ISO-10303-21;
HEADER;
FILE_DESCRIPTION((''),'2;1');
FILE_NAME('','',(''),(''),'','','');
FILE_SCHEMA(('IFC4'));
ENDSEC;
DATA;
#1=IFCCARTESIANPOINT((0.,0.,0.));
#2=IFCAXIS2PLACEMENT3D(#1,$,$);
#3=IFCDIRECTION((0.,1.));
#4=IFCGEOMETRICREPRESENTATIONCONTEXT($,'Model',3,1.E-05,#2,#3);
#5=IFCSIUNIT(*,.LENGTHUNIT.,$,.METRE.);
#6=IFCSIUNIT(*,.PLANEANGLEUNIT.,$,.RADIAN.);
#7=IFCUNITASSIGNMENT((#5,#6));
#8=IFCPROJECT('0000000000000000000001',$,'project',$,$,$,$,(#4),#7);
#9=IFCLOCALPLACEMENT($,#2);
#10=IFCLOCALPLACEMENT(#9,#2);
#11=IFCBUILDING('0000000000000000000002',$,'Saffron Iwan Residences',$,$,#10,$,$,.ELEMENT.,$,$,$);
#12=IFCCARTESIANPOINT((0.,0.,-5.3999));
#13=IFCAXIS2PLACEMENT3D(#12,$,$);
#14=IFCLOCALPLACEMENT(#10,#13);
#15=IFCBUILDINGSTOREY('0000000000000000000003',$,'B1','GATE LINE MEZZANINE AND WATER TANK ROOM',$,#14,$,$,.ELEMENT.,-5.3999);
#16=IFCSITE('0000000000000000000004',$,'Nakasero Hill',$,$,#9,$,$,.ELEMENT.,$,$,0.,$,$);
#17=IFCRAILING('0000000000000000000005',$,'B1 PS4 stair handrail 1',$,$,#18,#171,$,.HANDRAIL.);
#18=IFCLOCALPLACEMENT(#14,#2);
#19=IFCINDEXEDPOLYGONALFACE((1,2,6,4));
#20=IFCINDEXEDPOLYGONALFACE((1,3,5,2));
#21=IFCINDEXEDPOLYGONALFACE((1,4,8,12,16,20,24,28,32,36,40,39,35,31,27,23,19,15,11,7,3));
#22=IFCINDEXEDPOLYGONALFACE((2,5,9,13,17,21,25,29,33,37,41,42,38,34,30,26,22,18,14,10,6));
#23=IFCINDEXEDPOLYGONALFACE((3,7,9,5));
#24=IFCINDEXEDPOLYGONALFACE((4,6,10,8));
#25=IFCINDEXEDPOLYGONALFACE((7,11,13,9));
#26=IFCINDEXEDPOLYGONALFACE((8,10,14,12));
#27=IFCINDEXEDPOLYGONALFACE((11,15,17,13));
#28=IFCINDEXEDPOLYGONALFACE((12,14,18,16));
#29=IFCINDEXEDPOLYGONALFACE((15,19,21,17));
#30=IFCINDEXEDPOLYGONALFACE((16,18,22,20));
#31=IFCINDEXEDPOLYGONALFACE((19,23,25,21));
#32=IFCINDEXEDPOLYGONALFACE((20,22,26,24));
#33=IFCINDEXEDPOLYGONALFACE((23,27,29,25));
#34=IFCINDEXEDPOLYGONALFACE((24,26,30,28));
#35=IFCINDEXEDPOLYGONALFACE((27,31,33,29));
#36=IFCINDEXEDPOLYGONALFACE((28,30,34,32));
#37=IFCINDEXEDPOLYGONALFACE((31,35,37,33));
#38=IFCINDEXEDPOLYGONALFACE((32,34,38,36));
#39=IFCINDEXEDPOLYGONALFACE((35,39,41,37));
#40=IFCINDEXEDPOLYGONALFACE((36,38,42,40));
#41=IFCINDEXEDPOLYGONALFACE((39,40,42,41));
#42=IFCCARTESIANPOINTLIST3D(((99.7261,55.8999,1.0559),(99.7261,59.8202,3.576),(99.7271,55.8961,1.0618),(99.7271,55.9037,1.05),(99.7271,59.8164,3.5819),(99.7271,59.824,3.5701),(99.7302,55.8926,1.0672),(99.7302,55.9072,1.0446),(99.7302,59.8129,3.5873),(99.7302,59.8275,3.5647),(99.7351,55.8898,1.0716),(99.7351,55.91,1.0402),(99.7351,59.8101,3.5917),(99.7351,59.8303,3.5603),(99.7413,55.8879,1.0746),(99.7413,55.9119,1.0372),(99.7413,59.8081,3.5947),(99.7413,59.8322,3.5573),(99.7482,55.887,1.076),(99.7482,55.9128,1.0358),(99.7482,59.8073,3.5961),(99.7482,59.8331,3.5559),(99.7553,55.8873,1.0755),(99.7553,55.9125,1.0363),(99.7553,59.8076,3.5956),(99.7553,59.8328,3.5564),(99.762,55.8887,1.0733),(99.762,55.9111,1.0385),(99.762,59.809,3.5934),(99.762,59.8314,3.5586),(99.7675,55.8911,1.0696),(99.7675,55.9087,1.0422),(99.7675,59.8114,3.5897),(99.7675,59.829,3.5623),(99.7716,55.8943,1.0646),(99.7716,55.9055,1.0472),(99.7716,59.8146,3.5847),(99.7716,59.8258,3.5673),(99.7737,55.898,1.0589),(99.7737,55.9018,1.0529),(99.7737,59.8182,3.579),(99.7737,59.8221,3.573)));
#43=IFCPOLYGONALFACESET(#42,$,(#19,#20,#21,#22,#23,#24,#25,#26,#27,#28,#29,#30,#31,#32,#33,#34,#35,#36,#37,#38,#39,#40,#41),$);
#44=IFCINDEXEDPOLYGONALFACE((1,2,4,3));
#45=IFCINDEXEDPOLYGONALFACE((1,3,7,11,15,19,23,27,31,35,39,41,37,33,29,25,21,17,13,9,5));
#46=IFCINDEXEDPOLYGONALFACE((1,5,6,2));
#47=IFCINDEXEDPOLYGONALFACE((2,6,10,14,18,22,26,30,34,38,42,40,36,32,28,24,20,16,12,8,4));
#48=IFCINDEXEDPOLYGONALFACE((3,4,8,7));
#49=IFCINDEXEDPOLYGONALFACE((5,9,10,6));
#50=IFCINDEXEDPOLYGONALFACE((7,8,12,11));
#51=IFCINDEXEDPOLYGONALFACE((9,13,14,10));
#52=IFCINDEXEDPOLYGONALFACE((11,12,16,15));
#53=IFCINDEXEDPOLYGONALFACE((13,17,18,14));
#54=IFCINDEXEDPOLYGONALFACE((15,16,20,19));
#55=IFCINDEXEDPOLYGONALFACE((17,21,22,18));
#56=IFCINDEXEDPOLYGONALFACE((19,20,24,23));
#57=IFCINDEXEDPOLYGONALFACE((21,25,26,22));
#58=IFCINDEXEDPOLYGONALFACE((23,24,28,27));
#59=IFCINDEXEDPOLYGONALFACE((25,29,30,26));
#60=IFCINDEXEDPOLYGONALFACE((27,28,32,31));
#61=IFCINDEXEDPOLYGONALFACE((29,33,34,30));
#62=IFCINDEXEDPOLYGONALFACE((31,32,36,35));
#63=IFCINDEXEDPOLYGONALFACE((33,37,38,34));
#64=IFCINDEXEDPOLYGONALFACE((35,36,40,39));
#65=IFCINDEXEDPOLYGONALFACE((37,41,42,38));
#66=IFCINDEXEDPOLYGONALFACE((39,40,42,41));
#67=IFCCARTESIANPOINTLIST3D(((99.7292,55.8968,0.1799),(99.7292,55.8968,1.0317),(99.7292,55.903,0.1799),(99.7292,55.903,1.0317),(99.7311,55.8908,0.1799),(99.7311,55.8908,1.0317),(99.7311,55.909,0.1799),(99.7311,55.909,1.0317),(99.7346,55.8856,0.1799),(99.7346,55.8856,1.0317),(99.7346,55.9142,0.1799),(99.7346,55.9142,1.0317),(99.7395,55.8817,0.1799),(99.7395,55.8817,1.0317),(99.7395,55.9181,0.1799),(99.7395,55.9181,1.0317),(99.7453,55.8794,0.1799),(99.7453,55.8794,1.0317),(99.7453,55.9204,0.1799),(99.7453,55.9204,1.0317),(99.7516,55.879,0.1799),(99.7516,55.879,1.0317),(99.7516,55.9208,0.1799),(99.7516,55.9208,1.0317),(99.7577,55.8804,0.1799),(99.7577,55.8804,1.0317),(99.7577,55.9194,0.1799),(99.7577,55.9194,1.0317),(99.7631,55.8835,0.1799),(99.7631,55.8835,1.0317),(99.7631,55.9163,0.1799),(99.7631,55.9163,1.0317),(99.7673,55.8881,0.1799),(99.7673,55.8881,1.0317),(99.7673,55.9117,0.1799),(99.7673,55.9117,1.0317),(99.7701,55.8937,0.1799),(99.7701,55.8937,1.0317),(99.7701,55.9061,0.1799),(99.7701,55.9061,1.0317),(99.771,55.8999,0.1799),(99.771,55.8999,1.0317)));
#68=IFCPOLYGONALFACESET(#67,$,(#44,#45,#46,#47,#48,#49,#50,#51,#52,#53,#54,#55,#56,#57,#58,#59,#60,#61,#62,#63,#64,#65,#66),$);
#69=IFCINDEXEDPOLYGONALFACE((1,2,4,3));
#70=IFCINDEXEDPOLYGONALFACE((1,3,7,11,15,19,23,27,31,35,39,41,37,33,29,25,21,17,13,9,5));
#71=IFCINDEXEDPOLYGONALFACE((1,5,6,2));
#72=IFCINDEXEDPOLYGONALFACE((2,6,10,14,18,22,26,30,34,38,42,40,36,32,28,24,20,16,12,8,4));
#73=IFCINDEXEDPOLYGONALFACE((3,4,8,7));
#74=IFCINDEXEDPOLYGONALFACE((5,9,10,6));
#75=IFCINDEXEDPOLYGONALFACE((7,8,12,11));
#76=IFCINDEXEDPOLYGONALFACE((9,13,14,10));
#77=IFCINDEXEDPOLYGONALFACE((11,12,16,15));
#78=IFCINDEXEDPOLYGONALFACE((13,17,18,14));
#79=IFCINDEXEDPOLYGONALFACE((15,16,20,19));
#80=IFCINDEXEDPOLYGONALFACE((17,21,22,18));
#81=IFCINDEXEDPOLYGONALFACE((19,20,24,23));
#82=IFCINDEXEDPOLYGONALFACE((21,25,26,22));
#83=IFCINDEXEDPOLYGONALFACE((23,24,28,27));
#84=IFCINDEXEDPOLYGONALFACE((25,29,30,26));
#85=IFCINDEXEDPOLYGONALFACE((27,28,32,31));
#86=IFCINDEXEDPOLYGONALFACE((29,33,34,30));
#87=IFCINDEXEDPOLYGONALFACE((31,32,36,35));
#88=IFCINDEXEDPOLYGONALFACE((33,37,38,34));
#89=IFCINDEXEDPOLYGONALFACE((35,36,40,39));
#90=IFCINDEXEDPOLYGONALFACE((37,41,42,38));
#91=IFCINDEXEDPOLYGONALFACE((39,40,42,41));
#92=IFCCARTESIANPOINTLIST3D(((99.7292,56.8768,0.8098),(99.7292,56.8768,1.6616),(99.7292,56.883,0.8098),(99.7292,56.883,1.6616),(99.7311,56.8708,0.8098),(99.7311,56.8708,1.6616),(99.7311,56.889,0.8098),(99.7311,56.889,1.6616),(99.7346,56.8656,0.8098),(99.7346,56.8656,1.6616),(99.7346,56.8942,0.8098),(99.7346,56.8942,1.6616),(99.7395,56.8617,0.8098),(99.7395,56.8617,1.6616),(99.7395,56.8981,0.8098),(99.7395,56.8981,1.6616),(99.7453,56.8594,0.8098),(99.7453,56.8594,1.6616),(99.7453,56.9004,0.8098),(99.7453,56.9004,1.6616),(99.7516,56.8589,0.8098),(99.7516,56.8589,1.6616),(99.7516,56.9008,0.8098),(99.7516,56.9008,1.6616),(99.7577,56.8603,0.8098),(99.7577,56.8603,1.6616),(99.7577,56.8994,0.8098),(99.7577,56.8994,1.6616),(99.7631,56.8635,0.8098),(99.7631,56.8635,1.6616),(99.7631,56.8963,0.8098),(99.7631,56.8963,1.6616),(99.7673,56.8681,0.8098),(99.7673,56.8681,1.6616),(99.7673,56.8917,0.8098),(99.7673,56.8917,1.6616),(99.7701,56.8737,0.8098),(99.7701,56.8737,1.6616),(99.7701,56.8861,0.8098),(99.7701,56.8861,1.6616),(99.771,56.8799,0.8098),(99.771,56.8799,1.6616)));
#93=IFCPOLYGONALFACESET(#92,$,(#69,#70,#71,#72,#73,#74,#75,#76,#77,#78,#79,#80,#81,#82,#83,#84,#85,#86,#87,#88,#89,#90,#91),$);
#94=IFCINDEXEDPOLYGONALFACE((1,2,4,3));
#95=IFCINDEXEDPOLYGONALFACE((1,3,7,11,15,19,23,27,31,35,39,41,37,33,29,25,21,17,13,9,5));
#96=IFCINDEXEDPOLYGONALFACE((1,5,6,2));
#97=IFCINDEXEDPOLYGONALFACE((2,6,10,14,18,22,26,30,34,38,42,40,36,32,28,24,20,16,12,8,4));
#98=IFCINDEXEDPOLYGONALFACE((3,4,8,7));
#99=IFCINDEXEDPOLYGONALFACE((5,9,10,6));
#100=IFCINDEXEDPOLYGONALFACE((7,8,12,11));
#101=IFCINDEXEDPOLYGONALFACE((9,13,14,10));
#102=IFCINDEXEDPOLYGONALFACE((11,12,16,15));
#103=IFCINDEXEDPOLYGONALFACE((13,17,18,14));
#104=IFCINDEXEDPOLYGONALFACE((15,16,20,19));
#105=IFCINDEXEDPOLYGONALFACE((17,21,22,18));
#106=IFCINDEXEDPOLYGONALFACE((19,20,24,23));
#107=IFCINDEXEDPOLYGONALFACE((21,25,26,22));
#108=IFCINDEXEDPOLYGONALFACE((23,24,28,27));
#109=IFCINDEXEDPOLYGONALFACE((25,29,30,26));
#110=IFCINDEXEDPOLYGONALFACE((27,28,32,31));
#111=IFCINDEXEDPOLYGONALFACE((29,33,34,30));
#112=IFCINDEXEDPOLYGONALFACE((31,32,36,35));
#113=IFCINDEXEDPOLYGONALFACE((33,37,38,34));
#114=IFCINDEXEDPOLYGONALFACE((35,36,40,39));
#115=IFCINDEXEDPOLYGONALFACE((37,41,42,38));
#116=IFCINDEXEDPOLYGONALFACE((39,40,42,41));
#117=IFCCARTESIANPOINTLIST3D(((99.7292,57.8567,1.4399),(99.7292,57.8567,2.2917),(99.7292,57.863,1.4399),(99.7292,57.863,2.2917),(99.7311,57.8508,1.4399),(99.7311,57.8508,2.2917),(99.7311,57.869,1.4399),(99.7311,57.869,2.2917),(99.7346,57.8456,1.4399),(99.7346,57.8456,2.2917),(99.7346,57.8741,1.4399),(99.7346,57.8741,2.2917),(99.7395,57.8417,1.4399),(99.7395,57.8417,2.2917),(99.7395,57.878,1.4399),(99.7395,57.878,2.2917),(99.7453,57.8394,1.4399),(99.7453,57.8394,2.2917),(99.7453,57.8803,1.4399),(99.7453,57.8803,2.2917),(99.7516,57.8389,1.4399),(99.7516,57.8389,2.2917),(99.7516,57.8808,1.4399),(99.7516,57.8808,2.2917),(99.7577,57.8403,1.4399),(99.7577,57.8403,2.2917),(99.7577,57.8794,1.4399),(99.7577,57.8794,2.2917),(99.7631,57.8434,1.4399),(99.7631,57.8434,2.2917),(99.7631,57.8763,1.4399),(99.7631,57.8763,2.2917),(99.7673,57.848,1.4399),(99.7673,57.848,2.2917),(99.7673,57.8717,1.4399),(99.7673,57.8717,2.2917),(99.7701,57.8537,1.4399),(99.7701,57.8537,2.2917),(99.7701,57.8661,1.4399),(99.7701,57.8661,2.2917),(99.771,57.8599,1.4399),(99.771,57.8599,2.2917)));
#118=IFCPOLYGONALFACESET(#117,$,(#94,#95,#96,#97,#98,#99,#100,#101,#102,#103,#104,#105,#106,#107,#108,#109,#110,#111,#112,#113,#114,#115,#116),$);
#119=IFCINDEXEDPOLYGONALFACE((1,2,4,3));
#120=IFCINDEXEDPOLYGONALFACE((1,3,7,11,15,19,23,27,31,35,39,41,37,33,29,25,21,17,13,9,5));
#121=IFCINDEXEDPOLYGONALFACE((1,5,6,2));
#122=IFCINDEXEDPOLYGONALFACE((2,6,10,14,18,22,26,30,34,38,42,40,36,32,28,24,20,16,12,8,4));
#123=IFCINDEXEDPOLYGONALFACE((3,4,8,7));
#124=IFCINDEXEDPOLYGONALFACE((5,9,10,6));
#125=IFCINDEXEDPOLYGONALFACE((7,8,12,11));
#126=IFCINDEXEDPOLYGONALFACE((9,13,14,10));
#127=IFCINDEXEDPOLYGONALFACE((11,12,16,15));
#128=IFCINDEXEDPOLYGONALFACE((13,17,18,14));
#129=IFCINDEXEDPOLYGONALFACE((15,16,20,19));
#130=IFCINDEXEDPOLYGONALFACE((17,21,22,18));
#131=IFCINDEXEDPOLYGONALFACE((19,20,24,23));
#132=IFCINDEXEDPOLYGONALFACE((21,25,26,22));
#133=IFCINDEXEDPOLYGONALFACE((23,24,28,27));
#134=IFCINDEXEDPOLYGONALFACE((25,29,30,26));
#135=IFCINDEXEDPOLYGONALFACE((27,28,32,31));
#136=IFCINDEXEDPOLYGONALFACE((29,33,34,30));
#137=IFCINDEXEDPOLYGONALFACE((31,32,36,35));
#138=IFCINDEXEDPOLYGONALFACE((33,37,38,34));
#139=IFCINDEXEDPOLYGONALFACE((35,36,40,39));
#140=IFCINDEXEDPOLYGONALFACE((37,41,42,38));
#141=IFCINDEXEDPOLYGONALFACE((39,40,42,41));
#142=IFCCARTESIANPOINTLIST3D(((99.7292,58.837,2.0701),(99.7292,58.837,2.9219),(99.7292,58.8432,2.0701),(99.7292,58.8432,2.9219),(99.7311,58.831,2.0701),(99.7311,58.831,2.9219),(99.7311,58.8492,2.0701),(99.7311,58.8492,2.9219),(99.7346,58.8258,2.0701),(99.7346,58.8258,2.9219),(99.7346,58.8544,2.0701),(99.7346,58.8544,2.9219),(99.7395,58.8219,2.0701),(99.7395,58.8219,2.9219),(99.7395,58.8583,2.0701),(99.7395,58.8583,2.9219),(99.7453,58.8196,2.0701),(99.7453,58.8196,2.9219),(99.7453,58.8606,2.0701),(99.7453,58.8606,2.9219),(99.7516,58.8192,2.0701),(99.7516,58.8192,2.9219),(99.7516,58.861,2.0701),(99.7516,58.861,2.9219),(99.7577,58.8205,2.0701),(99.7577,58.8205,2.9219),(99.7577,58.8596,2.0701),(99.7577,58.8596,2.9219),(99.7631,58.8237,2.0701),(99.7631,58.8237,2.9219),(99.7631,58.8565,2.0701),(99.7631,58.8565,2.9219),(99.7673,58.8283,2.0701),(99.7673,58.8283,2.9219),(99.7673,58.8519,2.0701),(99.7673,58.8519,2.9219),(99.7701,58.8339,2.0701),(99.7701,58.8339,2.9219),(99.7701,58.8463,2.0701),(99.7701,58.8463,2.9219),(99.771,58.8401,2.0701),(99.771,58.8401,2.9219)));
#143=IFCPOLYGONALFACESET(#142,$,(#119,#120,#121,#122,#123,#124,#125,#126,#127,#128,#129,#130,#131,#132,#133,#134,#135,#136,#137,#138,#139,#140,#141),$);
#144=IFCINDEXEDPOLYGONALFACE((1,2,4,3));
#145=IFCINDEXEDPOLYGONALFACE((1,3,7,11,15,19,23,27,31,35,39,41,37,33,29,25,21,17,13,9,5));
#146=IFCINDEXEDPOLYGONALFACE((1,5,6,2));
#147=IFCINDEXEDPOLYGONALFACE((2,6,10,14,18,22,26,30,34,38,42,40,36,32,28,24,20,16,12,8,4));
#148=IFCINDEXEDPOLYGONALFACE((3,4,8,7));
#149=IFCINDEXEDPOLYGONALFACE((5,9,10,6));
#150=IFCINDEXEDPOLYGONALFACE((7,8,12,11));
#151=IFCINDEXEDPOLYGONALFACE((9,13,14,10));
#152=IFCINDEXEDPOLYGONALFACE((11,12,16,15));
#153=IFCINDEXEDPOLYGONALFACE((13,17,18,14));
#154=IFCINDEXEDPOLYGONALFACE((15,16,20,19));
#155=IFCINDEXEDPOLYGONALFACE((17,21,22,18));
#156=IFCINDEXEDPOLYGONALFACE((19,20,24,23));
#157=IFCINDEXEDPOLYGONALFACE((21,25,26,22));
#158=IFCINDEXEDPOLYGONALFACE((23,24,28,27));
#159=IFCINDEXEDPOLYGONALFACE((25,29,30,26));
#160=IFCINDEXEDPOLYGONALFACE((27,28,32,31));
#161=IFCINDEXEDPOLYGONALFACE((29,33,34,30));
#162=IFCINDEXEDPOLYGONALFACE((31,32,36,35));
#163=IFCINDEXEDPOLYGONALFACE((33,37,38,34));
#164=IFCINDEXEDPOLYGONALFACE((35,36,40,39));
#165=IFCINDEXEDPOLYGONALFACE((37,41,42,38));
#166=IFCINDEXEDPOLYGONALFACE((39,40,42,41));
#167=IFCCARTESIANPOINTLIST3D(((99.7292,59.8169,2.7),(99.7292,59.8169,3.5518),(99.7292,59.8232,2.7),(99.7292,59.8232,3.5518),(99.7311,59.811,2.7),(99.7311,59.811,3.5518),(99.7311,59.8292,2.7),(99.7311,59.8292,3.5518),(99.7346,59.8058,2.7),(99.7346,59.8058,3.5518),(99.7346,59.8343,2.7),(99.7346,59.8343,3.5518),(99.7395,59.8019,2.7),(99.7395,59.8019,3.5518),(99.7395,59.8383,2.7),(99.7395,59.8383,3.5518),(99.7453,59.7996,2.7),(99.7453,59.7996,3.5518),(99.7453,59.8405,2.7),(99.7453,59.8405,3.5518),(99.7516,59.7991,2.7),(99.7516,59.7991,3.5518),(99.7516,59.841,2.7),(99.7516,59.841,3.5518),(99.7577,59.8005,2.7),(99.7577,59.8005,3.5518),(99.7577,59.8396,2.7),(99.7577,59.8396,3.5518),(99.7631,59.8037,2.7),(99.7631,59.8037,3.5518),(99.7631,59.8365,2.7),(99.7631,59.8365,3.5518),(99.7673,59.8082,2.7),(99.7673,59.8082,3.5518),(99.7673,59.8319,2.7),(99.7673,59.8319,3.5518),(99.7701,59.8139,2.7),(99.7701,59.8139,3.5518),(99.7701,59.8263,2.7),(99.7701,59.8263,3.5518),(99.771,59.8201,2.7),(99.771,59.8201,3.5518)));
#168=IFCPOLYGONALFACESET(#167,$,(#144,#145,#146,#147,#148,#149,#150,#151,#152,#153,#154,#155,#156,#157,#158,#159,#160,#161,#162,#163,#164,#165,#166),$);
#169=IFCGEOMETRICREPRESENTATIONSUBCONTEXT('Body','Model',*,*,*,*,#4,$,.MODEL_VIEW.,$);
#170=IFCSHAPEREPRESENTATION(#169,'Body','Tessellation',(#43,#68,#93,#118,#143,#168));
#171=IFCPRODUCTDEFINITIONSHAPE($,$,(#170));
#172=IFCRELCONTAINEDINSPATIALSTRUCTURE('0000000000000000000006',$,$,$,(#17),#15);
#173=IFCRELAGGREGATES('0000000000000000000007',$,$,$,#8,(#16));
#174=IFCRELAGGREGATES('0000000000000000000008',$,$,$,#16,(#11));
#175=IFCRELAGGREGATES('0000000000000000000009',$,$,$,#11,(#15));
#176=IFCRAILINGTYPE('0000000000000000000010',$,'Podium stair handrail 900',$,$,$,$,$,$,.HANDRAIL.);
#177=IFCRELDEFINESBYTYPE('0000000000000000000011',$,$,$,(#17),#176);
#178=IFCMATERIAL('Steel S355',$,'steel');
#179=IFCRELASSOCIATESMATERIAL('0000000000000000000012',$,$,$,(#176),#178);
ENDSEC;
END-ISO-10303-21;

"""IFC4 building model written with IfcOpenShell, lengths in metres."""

from ifc_helpers import new_model, si_unit, direction, frame, origin, origin_2d, place, context, subcontext, project, spatial, circle, extrude, material, type_object, element, save


model = new_model("IFC4")

# Units and contexts
model_context = context("Model", 3, precision=1e-05, world=origin(), true_north=direction((0.0, 1.0)))
body_context = subcontext(model_context, "Body", "Model", "MODEL_VIEW")
ifc_project = project(units=[si_unit("LENGTHUNIT", "METRE"), si_unit("PLANEANGLEUNIT", "RADIAN")], contexts=[model_context])

# Site, building, storey
site_placement = place(None, origin())
site = spatial("IfcSite", under=ifc_project, at=site_placement, Name="Nakasero Hill", CompositionType="ELEMENT", RefElevation=0.0)
building_placement = place(site_placement, origin())
building = spatial("IfcBuilding", under=site, at=building_placement, Name="Saffron Iwan Residences", CompositionType="ELEMENT")
storey_placement = place(building_placement, frame((0.0, 0.0, -5.3999)))
storey = spatial("IfcBuildingStorey", under=building, at=storey_placement, Name="B1", Description="GATE LINE MEZZANINE AND WATER TANK ROOM", CompositionType="ELEMENT", Elevation=-5.3999)

# Railing
ifc_material_1 = material(Name="Steel S355", Category="steel")
railing_type_1 = type_object("IfcRailingType", Name="Podium stair handrail 900", PredefinedType="HANDRAIL", material=ifc_material_1)
railing_1_placement = place(storey_placement, frame((99.75, 55.8999, 0.1799)))
element("IfcRailing", 1, at=railing_1_placement, inside=storey, type_object=railing_type_1, Name="B1 PS4 stair handrail 1", PredefinedType="HANDRAIL", context=body_context, shape_type="SweptSolid", body=[
    extrude(circle(Radius=0.0239, at=origin_2d()), frame((0.0, 0.0, 0.876), z_axis=(0.0, 0.841187, 0.540744), x_axis=(-1.0, 0.0, 0.0)), (0.0, 0.0, 1.0), 4.6604),
    extrude(circle(Radius=0.021, at=origin_2d()), origin(), (0.0, 0.0, 1.0), 0.8518),
    extrude(circle(Radius=0.021, at=origin_2d()), frame((0.0, 0.98, 0.6299)), (0.0, 0.0, 1.0), 0.8518),
    extrude(circle(Radius=0.021, at=origin_2d()), frame((0.0, 1.96, 1.26)), (0.0, 0.0, 1.0), 0.8518),
    extrude(circle(Radius=0.021, at=origin_2d()), frame((0.0, 2.9402, 1.8901)), (0.0, 0.0, 1.0), 0.8518),
    extrude(circle(Radius=0.021, at=origin_2d()), frame((0.0, 3.9202, 2.52)), (0.0, 0.0, 1.0), 0.8518),
])

save(model, "model.ifc")
